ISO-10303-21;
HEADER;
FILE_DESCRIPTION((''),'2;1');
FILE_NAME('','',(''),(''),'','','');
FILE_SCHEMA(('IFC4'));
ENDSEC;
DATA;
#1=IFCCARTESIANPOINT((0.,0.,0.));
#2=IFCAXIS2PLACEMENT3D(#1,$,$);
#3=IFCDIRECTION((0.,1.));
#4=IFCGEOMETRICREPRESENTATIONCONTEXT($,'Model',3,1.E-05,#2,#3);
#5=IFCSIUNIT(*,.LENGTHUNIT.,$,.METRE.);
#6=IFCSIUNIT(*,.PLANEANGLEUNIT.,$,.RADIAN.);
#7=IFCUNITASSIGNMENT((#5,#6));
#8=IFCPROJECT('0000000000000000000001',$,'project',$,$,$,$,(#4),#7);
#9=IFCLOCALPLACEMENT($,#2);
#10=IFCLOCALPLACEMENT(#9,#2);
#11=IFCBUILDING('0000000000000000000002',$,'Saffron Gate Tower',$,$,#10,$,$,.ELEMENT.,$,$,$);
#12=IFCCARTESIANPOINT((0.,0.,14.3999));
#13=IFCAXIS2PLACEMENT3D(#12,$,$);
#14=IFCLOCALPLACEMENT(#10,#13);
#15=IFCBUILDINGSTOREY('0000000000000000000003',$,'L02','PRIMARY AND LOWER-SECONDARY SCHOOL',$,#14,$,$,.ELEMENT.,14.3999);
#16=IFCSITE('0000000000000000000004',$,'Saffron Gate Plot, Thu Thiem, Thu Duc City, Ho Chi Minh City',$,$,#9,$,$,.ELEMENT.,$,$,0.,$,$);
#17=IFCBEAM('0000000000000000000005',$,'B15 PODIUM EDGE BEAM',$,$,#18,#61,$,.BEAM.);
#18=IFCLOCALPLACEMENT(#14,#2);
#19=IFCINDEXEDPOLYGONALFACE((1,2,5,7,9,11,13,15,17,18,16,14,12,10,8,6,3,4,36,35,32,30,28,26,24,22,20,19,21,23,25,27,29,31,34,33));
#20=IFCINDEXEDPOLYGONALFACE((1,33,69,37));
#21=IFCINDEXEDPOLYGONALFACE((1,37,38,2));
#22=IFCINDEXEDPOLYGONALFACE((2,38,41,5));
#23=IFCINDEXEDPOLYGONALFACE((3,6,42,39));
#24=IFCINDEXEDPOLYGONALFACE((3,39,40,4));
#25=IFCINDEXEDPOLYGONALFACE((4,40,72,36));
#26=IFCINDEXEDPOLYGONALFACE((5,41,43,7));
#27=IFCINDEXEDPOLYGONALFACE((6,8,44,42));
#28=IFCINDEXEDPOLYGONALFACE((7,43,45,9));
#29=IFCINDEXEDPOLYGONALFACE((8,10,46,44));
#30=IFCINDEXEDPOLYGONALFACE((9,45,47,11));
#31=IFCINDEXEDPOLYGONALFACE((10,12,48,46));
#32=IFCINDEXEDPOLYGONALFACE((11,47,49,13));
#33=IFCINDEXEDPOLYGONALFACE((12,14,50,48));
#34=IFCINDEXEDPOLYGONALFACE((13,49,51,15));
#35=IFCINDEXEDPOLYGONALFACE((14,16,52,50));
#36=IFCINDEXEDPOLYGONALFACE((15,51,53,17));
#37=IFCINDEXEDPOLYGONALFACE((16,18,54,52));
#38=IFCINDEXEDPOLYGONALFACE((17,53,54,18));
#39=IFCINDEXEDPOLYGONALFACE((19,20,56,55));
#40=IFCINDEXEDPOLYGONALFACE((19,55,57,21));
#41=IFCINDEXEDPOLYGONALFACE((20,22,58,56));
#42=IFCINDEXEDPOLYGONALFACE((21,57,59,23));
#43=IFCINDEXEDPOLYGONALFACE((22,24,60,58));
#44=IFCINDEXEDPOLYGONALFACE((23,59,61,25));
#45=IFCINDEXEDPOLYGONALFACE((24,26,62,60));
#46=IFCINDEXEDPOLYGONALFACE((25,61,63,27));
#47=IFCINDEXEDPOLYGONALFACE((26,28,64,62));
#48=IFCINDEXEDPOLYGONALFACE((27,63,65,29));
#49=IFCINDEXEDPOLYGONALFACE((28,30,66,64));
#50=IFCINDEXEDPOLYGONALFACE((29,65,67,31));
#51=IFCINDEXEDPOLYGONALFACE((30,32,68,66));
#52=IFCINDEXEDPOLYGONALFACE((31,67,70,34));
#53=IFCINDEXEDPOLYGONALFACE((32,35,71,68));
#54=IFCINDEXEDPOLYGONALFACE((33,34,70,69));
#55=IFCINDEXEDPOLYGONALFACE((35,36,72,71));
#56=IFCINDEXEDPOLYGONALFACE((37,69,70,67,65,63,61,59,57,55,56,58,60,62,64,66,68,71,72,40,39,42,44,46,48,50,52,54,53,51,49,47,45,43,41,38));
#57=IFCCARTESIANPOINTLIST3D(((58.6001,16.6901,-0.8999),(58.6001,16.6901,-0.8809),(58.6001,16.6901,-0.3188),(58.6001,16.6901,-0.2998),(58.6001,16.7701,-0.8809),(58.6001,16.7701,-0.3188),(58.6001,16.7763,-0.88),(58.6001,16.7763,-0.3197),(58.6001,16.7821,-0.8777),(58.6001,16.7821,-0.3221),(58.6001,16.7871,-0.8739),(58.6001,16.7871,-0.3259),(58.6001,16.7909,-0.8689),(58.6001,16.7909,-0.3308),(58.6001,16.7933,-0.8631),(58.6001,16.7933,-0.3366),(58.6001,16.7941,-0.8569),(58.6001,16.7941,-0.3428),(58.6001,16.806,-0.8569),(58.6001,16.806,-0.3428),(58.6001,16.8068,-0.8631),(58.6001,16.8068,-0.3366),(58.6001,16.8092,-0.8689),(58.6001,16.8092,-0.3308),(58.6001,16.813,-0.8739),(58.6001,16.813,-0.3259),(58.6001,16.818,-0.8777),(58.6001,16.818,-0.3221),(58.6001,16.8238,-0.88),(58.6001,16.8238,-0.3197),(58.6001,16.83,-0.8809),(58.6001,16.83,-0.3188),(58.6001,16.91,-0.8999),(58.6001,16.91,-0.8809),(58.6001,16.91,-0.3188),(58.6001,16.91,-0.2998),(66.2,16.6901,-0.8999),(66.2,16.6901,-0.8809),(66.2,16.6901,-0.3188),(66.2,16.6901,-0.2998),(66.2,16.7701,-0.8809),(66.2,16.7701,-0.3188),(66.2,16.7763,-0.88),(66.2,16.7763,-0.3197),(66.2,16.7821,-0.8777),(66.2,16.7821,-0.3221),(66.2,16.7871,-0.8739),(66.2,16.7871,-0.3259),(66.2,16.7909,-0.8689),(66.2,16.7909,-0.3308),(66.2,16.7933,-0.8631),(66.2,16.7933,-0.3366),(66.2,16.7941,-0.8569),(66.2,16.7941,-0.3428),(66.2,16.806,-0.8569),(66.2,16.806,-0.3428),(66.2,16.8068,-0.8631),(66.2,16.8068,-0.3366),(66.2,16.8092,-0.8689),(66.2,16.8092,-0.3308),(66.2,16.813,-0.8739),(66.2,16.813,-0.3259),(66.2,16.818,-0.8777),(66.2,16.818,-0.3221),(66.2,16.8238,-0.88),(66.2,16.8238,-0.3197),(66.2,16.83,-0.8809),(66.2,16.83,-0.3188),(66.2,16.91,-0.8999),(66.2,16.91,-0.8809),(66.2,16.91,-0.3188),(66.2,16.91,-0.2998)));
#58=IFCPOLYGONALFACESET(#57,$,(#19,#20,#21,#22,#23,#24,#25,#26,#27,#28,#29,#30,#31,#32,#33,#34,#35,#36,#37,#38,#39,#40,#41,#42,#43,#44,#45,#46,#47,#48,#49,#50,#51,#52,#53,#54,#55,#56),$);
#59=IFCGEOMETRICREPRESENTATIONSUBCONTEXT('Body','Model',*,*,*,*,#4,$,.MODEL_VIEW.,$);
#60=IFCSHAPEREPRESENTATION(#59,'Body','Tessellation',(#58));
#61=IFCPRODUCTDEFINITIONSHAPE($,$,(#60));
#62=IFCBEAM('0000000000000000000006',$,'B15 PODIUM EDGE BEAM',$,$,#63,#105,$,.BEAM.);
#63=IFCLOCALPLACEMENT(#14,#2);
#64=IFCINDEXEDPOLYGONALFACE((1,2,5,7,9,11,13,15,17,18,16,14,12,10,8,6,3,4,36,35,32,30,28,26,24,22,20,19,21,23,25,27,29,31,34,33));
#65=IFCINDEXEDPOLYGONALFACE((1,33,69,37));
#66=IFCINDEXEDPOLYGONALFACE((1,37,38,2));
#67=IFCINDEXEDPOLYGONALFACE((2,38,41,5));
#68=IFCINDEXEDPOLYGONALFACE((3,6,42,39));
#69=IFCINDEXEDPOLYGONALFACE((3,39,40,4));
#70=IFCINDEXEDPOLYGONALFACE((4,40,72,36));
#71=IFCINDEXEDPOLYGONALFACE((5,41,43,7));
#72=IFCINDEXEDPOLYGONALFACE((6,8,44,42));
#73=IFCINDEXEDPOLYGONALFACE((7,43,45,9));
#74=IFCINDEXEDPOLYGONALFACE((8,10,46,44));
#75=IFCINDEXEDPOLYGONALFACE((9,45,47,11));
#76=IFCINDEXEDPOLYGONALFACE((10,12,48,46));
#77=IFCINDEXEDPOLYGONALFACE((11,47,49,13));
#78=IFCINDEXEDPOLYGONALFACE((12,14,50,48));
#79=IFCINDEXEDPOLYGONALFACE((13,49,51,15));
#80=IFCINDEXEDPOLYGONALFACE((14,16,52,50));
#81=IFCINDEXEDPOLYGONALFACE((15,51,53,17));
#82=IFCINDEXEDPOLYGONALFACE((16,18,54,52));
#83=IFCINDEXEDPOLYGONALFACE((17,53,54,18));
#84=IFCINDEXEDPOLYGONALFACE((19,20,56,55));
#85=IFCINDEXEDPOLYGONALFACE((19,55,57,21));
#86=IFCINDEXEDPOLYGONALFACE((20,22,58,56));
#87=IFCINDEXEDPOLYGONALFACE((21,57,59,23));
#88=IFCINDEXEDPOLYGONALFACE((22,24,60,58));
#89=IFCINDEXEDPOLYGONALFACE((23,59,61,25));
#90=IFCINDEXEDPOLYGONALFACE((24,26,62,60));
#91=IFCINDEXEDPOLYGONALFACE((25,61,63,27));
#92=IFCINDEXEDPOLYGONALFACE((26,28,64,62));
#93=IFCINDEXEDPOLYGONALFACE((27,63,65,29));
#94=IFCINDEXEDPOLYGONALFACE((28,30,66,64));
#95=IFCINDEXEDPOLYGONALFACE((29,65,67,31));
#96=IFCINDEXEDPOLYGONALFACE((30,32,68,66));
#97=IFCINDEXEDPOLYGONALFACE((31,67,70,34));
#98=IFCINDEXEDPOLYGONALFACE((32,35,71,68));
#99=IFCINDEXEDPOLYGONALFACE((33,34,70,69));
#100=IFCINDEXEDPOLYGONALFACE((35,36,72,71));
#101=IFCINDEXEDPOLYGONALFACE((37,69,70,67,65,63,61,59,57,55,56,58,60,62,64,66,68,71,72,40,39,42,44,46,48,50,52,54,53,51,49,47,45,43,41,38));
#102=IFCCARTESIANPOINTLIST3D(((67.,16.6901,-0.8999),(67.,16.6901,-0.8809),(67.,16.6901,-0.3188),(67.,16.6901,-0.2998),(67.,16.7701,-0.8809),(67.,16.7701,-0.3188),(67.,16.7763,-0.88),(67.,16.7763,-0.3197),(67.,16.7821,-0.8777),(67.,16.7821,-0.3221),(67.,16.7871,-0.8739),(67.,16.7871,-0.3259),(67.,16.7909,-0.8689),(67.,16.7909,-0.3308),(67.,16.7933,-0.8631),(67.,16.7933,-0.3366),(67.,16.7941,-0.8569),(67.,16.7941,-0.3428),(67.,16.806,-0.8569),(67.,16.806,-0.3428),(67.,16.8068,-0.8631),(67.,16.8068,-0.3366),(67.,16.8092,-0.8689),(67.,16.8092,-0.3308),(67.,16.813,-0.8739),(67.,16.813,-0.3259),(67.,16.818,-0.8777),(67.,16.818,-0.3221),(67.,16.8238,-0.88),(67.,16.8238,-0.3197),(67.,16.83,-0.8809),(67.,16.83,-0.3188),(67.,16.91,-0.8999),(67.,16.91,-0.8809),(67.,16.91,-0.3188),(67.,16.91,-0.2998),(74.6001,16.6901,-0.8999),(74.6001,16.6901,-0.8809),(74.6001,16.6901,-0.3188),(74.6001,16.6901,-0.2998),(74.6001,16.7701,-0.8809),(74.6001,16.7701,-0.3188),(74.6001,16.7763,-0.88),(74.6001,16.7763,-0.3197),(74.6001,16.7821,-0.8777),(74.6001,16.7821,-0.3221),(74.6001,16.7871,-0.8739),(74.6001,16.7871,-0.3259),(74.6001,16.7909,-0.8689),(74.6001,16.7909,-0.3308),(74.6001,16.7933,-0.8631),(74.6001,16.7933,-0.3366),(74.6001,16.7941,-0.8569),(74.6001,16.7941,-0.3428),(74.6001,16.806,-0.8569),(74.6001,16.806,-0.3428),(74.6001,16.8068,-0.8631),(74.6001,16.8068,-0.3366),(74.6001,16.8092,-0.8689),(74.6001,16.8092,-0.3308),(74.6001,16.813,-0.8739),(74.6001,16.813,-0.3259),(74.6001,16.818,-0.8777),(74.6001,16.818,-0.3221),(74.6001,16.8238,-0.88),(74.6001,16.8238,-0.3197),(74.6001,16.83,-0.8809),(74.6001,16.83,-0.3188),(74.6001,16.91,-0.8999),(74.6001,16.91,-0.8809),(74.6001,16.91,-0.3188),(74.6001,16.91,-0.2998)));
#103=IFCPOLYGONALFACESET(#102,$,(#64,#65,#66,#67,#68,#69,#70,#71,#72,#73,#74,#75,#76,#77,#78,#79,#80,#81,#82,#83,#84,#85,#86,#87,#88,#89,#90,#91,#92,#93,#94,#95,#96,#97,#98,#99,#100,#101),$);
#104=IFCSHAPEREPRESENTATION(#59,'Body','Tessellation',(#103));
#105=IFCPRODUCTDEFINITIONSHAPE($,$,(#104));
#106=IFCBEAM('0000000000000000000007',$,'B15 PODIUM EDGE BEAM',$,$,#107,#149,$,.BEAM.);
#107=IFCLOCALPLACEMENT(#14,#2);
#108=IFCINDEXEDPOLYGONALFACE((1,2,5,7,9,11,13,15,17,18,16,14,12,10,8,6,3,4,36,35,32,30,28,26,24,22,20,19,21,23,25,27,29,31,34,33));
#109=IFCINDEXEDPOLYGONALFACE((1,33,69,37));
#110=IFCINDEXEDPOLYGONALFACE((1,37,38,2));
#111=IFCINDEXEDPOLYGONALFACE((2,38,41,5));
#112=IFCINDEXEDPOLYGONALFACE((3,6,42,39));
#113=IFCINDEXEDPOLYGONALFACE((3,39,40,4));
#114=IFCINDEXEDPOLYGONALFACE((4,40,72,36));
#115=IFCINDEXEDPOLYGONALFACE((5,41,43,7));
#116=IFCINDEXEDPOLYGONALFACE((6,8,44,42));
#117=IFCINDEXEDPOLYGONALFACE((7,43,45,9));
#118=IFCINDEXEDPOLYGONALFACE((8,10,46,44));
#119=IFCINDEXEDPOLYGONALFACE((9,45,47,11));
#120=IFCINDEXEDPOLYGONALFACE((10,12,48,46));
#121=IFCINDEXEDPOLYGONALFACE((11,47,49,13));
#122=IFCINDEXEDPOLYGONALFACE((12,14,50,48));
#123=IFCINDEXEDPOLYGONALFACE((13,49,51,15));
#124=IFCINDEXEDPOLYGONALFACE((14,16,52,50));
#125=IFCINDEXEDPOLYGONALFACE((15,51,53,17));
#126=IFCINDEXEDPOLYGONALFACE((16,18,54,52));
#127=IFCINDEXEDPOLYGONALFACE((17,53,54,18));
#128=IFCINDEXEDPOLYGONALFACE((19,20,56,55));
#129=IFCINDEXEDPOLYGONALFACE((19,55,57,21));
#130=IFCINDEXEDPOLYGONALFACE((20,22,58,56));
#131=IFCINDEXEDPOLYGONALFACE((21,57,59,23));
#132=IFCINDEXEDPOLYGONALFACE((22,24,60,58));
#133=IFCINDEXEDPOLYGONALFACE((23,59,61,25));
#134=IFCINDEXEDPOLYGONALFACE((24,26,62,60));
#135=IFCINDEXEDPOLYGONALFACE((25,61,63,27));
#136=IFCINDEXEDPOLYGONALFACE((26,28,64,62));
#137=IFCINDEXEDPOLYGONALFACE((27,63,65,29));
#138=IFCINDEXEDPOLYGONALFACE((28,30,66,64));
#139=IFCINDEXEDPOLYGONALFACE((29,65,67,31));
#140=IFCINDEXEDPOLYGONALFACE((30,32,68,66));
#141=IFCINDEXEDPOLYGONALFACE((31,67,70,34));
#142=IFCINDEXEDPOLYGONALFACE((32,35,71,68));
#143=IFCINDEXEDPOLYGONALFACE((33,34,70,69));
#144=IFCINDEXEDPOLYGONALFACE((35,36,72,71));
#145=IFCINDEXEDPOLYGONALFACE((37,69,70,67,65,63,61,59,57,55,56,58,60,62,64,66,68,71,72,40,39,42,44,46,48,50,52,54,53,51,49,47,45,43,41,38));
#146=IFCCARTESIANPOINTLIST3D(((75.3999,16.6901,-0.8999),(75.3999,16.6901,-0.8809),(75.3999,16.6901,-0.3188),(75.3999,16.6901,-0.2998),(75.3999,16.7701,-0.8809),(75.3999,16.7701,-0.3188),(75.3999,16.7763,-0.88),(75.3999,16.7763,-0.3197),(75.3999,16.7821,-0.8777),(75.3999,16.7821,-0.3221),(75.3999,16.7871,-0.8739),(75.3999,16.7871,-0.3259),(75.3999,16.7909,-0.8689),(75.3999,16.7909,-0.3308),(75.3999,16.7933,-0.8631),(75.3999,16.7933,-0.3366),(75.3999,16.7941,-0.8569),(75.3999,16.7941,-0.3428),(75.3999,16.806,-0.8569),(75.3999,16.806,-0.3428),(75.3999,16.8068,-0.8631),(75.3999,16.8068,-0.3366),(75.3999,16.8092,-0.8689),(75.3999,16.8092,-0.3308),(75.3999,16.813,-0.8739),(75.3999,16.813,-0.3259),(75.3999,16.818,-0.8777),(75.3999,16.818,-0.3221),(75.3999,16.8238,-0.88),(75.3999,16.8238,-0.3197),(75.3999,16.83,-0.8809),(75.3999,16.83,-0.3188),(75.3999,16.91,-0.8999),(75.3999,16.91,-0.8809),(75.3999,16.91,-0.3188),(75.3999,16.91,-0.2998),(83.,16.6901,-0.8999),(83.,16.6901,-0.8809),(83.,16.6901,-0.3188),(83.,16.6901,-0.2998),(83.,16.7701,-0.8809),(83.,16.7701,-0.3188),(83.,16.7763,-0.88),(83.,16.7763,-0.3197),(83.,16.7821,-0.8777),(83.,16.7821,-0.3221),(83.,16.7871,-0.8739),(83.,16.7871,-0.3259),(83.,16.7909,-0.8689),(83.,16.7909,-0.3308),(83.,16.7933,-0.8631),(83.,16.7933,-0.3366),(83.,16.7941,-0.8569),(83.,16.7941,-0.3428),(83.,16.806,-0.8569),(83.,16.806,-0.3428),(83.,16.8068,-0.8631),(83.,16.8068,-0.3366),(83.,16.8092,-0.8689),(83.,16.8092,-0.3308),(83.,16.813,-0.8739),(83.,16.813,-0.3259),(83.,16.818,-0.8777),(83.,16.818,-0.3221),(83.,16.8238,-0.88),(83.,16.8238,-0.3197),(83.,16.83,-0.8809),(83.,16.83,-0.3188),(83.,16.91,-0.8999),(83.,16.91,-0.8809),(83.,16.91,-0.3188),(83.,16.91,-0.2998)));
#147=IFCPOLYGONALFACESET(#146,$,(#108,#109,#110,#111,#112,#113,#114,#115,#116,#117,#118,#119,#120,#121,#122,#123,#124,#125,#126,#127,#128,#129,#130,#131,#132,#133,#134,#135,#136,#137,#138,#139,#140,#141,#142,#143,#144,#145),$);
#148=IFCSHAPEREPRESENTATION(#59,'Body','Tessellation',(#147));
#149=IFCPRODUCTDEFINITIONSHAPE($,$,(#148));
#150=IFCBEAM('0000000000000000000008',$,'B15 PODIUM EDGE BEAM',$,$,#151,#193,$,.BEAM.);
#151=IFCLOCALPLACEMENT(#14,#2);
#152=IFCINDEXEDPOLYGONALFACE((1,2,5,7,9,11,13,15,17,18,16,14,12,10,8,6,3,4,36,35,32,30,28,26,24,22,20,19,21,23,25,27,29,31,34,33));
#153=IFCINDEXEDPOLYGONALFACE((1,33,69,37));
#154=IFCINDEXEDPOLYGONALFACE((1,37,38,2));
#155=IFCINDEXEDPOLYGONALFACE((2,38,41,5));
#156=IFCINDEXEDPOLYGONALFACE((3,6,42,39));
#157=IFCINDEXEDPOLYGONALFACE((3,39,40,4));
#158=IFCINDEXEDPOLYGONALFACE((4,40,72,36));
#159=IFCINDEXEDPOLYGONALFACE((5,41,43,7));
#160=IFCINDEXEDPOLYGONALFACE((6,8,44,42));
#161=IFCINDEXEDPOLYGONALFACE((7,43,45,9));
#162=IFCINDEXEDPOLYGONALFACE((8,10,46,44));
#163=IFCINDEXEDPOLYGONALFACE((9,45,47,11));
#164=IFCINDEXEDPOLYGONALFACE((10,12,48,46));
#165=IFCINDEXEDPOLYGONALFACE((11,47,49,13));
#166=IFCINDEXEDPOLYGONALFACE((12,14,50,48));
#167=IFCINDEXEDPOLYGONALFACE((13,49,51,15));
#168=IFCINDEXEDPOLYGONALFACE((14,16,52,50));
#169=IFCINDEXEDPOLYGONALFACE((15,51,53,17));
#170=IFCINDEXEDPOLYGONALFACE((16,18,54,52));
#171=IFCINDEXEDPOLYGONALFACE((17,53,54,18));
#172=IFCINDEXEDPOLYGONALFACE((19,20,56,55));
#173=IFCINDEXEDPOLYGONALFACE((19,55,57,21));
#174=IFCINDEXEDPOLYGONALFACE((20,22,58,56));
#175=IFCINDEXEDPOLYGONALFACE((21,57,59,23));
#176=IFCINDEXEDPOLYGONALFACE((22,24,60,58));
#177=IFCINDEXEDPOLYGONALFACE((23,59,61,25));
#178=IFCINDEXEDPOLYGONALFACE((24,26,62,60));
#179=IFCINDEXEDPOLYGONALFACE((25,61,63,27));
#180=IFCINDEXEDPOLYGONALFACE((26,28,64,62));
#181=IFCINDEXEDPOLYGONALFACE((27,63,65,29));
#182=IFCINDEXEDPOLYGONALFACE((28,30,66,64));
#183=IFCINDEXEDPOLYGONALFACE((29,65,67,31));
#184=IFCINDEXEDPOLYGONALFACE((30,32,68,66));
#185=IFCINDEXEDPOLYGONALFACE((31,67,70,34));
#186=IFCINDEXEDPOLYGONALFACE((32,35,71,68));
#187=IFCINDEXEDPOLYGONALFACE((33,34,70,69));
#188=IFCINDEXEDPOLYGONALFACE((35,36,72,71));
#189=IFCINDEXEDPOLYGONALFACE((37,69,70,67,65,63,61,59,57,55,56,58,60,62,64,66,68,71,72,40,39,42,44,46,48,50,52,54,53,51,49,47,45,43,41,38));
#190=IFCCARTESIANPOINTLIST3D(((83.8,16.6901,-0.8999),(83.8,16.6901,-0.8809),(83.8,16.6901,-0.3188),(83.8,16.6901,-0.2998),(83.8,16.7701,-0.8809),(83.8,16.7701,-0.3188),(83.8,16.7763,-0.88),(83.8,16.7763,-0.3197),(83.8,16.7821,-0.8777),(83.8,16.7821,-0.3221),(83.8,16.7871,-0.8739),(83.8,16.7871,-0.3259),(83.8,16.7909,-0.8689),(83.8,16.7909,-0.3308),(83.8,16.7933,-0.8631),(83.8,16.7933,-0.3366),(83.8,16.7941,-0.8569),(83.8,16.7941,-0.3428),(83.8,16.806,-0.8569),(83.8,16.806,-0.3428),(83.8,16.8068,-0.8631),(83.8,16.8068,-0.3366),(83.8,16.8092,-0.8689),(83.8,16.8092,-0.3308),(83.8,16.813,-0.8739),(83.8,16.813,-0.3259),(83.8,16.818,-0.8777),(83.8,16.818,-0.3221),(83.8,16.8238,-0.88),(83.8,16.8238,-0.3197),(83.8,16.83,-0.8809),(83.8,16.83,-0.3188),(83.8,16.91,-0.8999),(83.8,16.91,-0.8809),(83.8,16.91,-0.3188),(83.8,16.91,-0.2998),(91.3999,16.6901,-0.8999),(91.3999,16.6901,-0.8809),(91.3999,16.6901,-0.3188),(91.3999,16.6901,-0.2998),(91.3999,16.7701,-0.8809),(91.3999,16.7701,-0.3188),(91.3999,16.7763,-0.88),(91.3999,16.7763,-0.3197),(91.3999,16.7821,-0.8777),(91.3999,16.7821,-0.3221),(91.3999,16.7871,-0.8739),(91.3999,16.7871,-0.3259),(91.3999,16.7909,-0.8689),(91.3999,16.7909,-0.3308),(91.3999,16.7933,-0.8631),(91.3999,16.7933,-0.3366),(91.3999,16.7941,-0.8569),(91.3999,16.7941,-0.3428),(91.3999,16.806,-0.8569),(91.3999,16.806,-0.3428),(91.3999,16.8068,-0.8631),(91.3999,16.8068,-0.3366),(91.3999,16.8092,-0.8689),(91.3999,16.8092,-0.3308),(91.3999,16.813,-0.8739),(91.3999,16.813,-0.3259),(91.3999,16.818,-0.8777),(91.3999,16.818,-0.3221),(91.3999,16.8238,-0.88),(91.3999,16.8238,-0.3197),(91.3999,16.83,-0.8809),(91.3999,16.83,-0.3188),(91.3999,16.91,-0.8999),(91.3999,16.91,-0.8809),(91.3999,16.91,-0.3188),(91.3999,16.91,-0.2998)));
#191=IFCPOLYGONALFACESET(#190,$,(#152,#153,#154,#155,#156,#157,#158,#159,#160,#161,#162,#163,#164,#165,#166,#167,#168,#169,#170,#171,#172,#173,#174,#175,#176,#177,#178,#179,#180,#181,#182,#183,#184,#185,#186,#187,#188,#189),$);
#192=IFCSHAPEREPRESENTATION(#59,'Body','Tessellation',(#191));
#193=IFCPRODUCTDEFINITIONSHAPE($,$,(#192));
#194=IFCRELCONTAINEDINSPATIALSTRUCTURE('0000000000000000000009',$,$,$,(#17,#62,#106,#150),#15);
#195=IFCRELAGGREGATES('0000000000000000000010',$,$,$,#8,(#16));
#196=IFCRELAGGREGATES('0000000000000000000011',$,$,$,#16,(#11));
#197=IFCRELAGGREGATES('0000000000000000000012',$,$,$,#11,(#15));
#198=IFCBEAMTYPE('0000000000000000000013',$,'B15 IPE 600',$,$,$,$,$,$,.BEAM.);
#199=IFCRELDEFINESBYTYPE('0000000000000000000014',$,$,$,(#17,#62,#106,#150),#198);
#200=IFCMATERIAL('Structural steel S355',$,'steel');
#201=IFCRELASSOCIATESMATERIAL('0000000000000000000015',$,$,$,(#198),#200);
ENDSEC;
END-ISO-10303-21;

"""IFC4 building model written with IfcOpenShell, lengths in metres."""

from ifc_helpers import new_model, si_unit, direction, frame, origin, origin_2d, place, context, subcontext, project, spatial, i_section, extrude, material, material_profile, profile_set, type_object, element, save


model = new_model("IFC4")

# Units and contexts
model_context = context("Model", 3, precision=1e-05, world=origin(), true_north=direction((0.0, 1.0)))
body_context = subcontext(model_context, "Body", "Model", "MODEL_VIEW")
ifc_project = project(units=[si_unit("LENGTHUNIT", "METRE"), si_unit("PLANEANGLEUNIT", "RADIAN")], contexts=[model_context])

# Site, building, storey
site_placement = place(None, origin())
site = spatial("IfcSite", under=ifc_project, at=site_placement, Name="Saffron Gate Plot, Thu Thiem, Thu Duc City, Ho Chi Minh City", CompositionType="ELEMENT", RefElevation=0.0)
building_placement = place(site_placement, origin())
building = spatial("IfcBuilding", under=site, at=building_placement, Name="Saffron Gate Tower", CompositionType="ELEMENT")
storey_placement = place(building_placement, frame((0.0, 0.0, 14.3999)))
storey = spatial("IfcBuildingStorey", under=building, at=storey_placement, Name="L02", Description="PRIMARY AND LOWER-SECONDARY SCHOOL", CompositionType="ELEMENT", Elevation=14.3999)

# Beams
ifc_material_1 = material(Name="Structural steel S355", Category="steel")
ifc_material_profile_1 = material_profile(ifc_material_1, i_section(OverallWidth=0.22, OverallDepth=0.6001, WebThickness=0.012, FlangeThickness=0.019, FilletRadius=0.0239, at=origin_2d()))
ifc_profile_set_1 = profile_set([ifc_material_profile_1], Name="Structural steel S355")
beam_type_1 = type_object("IfcBeamType", Name="B15 IPE 600", PredefinedType="BEAM", material=ifc_profile_set_1)
beam_1_placement = place(storey_placement, frame((58.6001, 16.8, -0.5999), z_axis=(1.0, 0.0, 0.0), x_axis=(0.0, 1.0, 0.0)))
element("IfcBeam", 1, at=beam_1_placement, inside=storey, type_object=beam_type_1, Name="B15 PODIUM EDGE BEAM", PredefinedType="BEAM", context=body_context, shape_type="SweptSolid", body=[
    extrude(i_section(OverallWidth=0.22, OverallDepth=0.6001, WebThickness=0.012, FlangeThickness=0.019, FilletRadius=0.0239, at=origin_2d()), origin(), (0.0, 0.0, 1.0), 7.5999),
])
for number, where, z_axis, x_axis, name in (
    (2, (67.0, 16.8, -0.5999), (1.0, 0.0, 0.0), (0.0, 1.0, 0.0), "B15 PODIUM EDGE BEAM"),
    (3, (75.3999, 16.8, -0.5999), (1.0, 0.0, 0.0), (0.0, 1.0, 0.0), "B15 PODIUM EDGE BEAM"),
):
    element("IfcBeam", number, at=place(storey_placement, frame(where, z_axis=z_axis, x_axis=x_axis)), inside=storey, type_object=beam_type_1, Name=name, PredefinedType="BEAM", context=body_context, shape_type="SweptSolid", body=[
        extrude(i_section(OverallWidth=0.22, OverallDepth=0.6001, WebThickness=0.012, FlangeThickness=0.019, FilletRadius=0.0239, at=origin_2d()), origin(), (0.0, 0.0, 1.0), 7.6001),
    ])
beam_2_placement = place(storey_placement, frame((83.8, 16.8, -0.5999), z_axis=(1.0, 0.0, 0.0), x_axis=(0.0, 1.0, 0.0)))
element("IfcBeam", 4, at=beam_2_placement, inside=storey, type_object=beam_type_1, Name="B15 PODIUM EDGE BEAM", PredefinedType="BEAM", context=body_context, shape_type="SweptSolid", body=[
    extrude(i_section(OverallWidth=0.22, OverallDepth=0.6001, WebThickness=0.012, FlangeThickness=0.019, FilletRadius=0.0239, at=origin_2d()), origin(), (0.0, 0.0, 1.0), 7.5999),
])

save(model, "model.ifc")
